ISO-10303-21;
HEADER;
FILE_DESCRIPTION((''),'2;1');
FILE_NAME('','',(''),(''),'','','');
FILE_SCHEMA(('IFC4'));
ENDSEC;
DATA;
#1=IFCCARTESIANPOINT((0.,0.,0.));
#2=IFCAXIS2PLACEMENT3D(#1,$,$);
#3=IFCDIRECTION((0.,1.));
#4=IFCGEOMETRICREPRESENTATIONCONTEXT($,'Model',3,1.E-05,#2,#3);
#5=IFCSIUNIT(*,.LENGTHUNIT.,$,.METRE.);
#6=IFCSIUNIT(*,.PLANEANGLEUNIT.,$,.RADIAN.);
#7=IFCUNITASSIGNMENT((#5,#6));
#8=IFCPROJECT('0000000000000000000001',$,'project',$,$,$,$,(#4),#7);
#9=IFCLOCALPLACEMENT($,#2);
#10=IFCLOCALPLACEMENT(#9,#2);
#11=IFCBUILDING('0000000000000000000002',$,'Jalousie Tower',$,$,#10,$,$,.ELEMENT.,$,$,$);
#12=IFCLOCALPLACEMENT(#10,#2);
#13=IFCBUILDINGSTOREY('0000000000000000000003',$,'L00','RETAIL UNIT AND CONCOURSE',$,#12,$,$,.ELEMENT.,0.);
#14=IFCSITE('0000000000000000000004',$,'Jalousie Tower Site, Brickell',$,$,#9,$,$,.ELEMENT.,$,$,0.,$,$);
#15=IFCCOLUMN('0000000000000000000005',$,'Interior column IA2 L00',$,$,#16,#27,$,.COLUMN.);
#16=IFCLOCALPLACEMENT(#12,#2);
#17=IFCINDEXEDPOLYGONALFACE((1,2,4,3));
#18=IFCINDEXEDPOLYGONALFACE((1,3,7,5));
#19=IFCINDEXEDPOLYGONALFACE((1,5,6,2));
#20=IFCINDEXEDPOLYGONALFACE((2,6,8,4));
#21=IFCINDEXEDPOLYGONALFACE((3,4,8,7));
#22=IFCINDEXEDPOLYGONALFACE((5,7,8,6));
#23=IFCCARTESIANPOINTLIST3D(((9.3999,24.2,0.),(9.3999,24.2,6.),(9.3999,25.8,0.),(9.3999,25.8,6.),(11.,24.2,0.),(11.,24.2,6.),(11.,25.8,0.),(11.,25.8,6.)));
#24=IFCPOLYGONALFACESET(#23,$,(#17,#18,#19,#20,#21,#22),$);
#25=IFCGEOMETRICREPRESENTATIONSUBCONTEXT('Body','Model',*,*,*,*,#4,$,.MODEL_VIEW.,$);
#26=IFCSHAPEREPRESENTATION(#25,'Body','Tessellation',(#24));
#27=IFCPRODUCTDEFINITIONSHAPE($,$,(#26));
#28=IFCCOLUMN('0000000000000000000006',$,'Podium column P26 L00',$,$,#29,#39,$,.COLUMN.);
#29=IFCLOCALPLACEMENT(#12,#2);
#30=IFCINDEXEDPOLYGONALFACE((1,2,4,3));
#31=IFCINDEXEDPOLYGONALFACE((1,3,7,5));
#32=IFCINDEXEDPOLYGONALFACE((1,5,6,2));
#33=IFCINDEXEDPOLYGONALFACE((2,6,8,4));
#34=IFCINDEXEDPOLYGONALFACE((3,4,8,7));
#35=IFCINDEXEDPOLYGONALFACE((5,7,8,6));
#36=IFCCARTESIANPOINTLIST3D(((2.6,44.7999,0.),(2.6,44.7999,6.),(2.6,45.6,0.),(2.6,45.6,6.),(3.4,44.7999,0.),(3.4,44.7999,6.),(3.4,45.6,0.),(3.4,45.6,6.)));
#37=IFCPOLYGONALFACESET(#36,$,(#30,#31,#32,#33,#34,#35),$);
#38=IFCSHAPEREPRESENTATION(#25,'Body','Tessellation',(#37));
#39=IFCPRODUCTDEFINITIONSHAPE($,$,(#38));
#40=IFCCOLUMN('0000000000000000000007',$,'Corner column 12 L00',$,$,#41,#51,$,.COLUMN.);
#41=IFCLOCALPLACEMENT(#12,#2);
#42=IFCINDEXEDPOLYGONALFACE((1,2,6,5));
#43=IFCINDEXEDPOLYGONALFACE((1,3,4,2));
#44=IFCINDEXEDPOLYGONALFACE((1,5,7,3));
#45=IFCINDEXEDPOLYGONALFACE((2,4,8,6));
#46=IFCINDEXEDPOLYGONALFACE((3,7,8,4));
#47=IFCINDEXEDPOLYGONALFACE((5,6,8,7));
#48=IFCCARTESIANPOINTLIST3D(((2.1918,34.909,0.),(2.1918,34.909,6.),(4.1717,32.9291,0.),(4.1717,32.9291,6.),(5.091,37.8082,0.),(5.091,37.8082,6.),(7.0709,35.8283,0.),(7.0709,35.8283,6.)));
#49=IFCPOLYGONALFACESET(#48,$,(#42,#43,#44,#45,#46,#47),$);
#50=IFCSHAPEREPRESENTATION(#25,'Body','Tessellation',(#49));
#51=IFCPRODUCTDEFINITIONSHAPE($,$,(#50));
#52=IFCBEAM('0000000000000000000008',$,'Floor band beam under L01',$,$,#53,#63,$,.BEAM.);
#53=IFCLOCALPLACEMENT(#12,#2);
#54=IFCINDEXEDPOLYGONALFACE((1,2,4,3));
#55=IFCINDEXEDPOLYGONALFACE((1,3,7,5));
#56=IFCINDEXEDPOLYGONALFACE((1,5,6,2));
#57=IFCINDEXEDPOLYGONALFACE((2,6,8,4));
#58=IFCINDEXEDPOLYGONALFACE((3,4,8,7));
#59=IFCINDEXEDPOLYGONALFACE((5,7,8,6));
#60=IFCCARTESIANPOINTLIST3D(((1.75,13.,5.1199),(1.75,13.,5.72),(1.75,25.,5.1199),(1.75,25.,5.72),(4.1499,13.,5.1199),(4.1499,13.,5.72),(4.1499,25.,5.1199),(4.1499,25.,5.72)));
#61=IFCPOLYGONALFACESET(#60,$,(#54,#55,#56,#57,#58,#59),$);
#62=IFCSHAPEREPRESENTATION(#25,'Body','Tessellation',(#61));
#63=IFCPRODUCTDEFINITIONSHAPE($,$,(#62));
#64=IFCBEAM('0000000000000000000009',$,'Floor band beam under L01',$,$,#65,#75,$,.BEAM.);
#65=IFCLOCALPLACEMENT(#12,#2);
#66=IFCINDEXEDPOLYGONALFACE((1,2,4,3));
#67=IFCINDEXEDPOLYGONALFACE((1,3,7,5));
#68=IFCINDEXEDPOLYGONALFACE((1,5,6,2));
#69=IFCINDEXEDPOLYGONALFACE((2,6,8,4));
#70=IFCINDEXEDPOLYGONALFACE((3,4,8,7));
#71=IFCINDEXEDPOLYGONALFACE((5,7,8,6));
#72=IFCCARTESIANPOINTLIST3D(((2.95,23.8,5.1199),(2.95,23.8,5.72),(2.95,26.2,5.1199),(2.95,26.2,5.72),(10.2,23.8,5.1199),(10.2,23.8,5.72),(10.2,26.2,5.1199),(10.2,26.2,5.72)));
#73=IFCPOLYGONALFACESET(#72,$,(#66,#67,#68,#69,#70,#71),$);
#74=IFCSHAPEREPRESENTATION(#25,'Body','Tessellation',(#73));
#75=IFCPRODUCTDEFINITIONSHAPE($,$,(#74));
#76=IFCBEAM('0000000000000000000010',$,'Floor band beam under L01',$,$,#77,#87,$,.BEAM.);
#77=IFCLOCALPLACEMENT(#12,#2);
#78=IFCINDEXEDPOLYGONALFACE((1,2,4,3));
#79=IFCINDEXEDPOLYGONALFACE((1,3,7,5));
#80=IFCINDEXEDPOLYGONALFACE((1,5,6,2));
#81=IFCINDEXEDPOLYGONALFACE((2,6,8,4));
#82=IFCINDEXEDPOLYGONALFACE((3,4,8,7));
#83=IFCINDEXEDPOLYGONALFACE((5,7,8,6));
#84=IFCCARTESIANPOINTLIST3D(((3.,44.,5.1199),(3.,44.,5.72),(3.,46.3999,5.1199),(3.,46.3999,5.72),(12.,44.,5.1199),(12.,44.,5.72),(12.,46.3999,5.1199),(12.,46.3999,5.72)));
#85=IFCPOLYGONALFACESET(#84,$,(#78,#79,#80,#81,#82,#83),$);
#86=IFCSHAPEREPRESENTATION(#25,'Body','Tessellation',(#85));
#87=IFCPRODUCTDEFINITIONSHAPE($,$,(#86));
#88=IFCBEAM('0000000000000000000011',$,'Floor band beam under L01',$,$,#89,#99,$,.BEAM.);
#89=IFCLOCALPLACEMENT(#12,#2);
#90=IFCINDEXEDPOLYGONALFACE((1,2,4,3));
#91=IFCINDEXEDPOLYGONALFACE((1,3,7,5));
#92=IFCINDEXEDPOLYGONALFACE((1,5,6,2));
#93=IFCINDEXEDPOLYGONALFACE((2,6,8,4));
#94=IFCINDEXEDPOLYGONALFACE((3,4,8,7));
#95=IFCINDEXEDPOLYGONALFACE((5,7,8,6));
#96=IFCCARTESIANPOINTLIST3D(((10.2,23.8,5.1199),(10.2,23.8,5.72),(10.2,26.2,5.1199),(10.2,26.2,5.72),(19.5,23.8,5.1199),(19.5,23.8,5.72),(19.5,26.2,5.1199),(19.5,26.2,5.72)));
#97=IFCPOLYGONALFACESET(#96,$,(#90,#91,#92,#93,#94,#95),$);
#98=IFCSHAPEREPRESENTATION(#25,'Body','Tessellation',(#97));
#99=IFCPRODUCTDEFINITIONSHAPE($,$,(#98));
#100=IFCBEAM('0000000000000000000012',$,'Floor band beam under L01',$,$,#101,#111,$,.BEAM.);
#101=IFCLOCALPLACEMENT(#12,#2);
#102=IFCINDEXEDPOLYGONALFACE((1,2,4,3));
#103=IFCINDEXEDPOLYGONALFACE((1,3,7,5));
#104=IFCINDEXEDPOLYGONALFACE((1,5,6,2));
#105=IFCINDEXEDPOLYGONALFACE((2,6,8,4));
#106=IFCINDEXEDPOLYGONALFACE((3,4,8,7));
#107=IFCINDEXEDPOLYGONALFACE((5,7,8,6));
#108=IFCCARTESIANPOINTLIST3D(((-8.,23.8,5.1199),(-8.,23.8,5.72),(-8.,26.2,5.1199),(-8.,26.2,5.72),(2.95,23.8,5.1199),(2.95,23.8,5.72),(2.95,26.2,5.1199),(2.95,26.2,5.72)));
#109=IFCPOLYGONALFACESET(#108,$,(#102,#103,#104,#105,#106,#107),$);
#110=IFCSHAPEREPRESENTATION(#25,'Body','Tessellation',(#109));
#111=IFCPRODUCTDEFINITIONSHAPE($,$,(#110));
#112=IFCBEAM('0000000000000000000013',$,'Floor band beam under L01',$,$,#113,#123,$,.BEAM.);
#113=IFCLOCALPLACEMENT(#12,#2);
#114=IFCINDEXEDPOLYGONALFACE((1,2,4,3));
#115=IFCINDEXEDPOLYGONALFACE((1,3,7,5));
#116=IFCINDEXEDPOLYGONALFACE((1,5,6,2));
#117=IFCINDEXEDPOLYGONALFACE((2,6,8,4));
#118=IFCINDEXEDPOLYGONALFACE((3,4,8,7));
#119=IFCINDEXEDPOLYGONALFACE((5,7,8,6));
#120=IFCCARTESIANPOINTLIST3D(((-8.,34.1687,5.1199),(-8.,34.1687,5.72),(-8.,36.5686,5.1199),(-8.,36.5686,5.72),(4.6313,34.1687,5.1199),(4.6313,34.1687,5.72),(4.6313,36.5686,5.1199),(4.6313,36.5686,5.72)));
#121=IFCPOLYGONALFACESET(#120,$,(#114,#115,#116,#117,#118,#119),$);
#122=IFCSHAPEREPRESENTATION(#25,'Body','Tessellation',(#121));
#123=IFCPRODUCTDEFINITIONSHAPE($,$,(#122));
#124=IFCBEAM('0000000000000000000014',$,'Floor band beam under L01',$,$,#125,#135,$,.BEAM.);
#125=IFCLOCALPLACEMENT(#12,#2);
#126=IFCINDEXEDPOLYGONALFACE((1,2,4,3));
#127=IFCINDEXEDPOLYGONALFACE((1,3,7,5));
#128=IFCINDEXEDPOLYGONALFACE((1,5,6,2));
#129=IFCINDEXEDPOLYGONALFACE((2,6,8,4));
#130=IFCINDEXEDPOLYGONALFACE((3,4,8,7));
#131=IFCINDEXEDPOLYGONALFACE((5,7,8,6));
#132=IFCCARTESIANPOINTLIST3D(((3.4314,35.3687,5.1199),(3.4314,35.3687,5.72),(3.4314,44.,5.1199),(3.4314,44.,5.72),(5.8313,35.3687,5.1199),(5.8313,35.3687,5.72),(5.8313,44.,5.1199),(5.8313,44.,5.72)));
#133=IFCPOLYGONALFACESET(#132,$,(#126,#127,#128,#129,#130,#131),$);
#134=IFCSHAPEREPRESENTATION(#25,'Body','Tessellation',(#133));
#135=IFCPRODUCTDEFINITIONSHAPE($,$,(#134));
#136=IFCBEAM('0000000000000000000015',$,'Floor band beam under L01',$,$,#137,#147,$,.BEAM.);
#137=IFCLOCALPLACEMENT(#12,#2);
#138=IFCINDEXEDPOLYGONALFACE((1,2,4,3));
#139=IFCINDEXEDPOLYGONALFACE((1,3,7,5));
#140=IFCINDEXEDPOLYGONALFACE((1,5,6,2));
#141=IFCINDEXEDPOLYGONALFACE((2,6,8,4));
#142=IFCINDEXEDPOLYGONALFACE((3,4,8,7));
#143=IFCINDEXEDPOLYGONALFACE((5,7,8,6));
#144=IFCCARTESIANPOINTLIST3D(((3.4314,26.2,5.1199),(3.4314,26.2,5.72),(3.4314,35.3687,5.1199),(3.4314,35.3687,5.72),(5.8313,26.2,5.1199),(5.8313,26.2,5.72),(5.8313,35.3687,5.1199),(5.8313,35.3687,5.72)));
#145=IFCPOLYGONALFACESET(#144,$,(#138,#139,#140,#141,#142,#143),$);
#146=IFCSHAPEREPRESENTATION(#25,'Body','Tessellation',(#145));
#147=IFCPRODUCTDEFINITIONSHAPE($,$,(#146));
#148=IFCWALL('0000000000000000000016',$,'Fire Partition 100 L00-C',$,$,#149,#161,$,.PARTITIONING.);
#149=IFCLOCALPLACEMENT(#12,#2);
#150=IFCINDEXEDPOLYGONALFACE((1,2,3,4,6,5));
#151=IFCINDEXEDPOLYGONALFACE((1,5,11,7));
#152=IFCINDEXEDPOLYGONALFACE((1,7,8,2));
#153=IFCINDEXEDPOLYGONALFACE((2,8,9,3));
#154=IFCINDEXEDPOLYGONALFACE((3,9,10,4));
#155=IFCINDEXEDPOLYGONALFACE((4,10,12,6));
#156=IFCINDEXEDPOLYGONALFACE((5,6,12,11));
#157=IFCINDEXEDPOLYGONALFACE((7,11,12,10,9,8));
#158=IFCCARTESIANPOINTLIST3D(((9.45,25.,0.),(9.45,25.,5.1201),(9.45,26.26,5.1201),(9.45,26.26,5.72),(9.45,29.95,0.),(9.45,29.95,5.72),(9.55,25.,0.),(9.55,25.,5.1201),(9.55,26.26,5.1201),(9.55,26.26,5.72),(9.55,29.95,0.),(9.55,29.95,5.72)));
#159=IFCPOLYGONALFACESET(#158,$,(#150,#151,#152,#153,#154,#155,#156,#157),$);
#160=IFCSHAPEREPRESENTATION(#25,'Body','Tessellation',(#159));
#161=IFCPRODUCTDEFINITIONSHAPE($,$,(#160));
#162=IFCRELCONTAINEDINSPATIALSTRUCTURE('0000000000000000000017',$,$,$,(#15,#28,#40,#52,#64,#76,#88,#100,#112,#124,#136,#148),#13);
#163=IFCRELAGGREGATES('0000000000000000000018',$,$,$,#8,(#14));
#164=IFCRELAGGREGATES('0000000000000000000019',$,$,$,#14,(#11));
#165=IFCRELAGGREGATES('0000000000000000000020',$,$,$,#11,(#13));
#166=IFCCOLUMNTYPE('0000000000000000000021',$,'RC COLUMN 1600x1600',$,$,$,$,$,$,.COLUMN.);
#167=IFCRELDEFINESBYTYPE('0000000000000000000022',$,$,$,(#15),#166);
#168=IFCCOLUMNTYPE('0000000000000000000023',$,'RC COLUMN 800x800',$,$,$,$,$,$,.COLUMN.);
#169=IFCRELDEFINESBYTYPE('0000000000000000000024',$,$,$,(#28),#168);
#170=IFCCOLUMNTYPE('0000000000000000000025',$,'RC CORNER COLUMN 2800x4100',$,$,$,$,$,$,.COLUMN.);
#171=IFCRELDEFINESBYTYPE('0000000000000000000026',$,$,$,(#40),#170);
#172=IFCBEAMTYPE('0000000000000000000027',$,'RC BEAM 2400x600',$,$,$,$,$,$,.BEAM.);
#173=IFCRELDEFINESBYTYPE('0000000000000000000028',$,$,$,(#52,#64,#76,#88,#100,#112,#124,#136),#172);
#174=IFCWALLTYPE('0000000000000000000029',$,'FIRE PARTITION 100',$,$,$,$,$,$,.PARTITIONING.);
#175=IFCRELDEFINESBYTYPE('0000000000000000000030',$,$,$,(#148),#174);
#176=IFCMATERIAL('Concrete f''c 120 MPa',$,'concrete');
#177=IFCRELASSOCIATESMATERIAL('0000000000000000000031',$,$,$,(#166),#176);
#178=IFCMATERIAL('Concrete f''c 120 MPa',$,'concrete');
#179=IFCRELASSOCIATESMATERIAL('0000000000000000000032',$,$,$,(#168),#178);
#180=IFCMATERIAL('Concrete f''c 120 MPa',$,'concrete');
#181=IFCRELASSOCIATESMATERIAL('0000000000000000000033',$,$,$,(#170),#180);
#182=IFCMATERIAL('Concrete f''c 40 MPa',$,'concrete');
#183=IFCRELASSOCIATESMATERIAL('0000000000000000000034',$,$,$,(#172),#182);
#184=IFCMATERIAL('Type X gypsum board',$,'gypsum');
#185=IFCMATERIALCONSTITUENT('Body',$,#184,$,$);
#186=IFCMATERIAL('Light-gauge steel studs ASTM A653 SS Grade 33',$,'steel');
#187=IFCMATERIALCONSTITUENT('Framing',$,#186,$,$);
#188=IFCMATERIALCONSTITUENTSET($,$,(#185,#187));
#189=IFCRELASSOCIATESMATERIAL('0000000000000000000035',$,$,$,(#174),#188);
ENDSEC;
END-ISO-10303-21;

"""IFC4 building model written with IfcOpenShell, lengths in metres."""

from ifc_helpers import new_model, si_unit, direction, frame, origin, origin_2d, place, context, subcontext, project, spatial, polyline, rectangle, outline, extrude, material, constituent, constituent_set, material_profile, profile_set, type_object, element, save


model = new_model("IFC4")

# Units and contexts
model_context = context("Model", 3, precision=1e-05, world=origin(), true_north=direction((0.0, 1.0)))
body_context = subcontext(model_context, "Body", "Model", "MODEL_VIEW")
ifc_project = project(units=[si_unit("LENGTHUNIT", "METRE"), si_unit("PLANEANGLEUNIT", "RADIAN")], contexts=[model_context])

# Site, building, storey
site_placement = place(None, origin())
site = spatial("IfcSite", under=ifc_project, at=site_placement, Name="Jalousie Tower Site, Brickell", CompositionType="ELEMENT", RefElevation=0.0)
building_placement = place(site_placement, origin())
building = spatial("IfcBuilding", under=site, at=building_placement, Name="Jalousie Tower", CompositionType="ELEMENT")
storey_placement = place(building_placement, origin())
storey = spatial("IfcBuildingStorey", under=building, at=storey_placement, Name="L00", Description="RETAIL UNIT AND CONCOURSE", CompositionType="ELEMENT", Elevation=0.0)

# Columns
ifc_material_1 = material(Name="Concrete f'c 120 MPa", Category="concrete")
ifc_material_profile_1 = material_profile(ifc_material_1, rectangle(XDim=1.6001, YDim=1.6001, at=origin_2d()), Name="RC 1600x1600")
ifc_profile_set_1 = profile_set([ifc_material_profile_1], Name="Concrete f'c 120 MPa")
column_type_1 = type_object("IfcColumnType", Name="RC COLUMN 1600x1600", PredefinedType="COLUMN", material=ifc_profile_set_1)
column_1_placement = place(storey_placement, frame((10.2, 25.0, 0.0), z_axis=(0.0, 0.0, 1.0), x_axis=(1.0, 0.0, 0.0)))
element("IfcColumn", 1, at=column_1_placement, inside=storey, type_object=column_type_1, Name="Interior column IA2 L00", PredefinedType="COLUMN", context=body_context, shape_type="SweptSolid", body=[
    extrude(rectangle(XDim=1.6001, YDim=1.6001, at=origin_2d()), origin(), (0.0, 0.0, 1.0), 6.0),
])
ifc_material_2 = material(Name="Concrete f'c 120 MPa", Category="concrete")
ifc_material_profile_2 = material_profile(ifc_material_2, rectangle(XDim=0.8, YDim=0.8, at=origin_2d()), Name="RC 800x800")
ifc_profile_set_2 = profile_set([ifc_material_profile_2], Name="Concrete f'c 120 MPa")
column_type_2 = type_object("IfcColumnType", Name="RC COLUMN 800x800", PredefinedType="COLUMN", material=ifc_profile_set_2)
column_2_placement = place(storey_placement, frame((3.0, 45.2, 0.0), z_axis=(0.0, 0.0, 1.0), x_axis=(1.0, 0.0, 0.0)))
element("IfcColumn", 2, at=column_2_placement, inside=storey, type_object=column_type_2, Name="Podium column P26 L00", PredefinedType="COLUMN", context=body_context, shape_type="SweptSolid", body=[
    extrude(rectangle(XDim=0.8, YDim=0.8, at=origin_2d()), origin(), (0.0, 0.0, 1.0), 6.0),
])
ifc_material_3 = material(Name="Concrete f'c 120 MPa", Category="concrete")
ifc_material_profile_3 = material_profile(ifc_material_3, rectangle(XDim=2.8, YDim=4.1001, at=origin_2d()), Name="RC 2800x4100")
ifc_profile_set_3 = profile_set([ifc_material_profile_3], Name="Concrete f'c 120 MPa")
column_type_3 = type_object("IfcColumnType", Name="RC CORNER COLUMN 2800x4100", PredefinedType="COLUMN", material=ifc_profile_set_3)
column_3_placement = place(storey_placement, frame((4.6313, 35.3687, 0.0), z_axis=(0.0, 0.0, 1.0), x_axis=(0.707107, -0.707107, 0.0)))
element("IfcColumn", 3, at=column_3_placement, inside=storey, type_object=column_type_3, Name="Corner column 12 L00", PredefinedType="COLUMN", context=body_context, shape_type="SweptSolid", body=[
    extrude(rectangle(XDim=2.8, YDim=4.1001, at=origin_2d()), origin(), (0.0, 0.0, 1.0), 6.0),
])

# Beams
ifc_material_4 = material(Name="Concrete f'c 40 MPa", Category="concrete")
ifc_material_profile_4 = material_profile(ifc_material_4, rectangle(XDim=2.3999, YDim=0.6001, at=origin_2d()), Name="RC 2400x600")
ifc_profile_set_4 = profile_set([ifc_material_profile_4], Name="Concrete f'c 40 MPa")
beam_type = type_object("IfcBeamType", Name="RC BEAM 2400x600", PredefinedType="BEAM", material=ifc_profile_set_4)
beam_1_placement = place(storey_placement, frame((2.95, 25.0, 5.4199), z_axis=(0.0, -1.0, 0.0), x_axis=(1.0, 0.0, 0.0)))
element("IfcBeam", 4, at=beam_1_placement, inside=storey, type_object=beam_type, Name="Floor band beam under L01", PredefinedType="BEAM", context=body_context, shape_type="SweptSolid", body=[
    extrude(rectangle(XDim=2.3999, YDim=0.6001, at=origin_2d()), origin(), (0.0, 0.0, 1.0), 12.0),
])
beam_2_placement = place(storey_placement, frame((2.95, 25.0, 5.4199), z_axis=(1.0, 0.0, 0.0), x_axis=(0.0, 1.0, 0.0)))
element("IfcBeam", 5, at=beam_2_placement, inside=storey, type_object=beam_type, Name="Floor band beam under L01", PredefinedType="BEAM", context=body_context, shape_type="SweptSolid", body=[
    extrude(rectangle(XDim=2.3999, YDim=0.6001, at=origin_2d()), origin(), (0.0, 0.0, 1.0), 7.25),
])
beam_3_placement = place(storey_placement, frame((3.0, 45.2, 5.4199), z_axis=(1.0, 0.0, 0.0), x_axis=(0.0, 1.0, 0.0)))
element("IfcBeam", 6, at=beam_3_placement, inside=storey, type_object=beam_type, Name="Floor band beam under L01", PredefinedType="BEAM", context=body_context, shape_type="SweptSolid", body=[
    extrude(rectangle(XDim=2.3999, YDim=0.6001, at=origin_2d()), origin(), (0.0, 0.0, 1.0), 9.0),
])
beam_4_placement = place(storey_placement, frame((10.2, 25.0, 5.4199), z_axis=(1.0, 0.0, 0.0), x_axis=(0.0, 1.0, 0.0)))
element("IfcBeam", 7, at=beam_4_placement, inside=storey, type_object=beam_type, Name="Floor band beam under L01", PredefinedType="BEAM", context=body_context, shape_type="SweptSolid", body=[
    extrude(rectangle(XDim=2.3999, YDim=0.6001, at=origin_2d()), origin(), (0.0, 0.0, 1.0), 9.3),
])
beam_5_placement = place(storey_placement, frame((2.95, 25.0, 5.4199), z_axis=(-1.0, 0.0, 0.0), x_axis=(0.0, -1.0, 0.0)))
element("IfcBeam", 8, at=beam_5_placement, inside=storey, type_object=beam_type, Name="Floor band beam under L01", PredefinedType="BEAM", context=body_context, shape_type="SweptSolid", body=[
    extrude(rectangle(XDim=2.3999, YDim=0.6001, at=origin_2d()), origin(), (0.0, 0.0, 1.0), 10.95),
])
beam_6_placement = place(storey_placement, frame((4.6313, 35.3687, 5.4199), z_axis=(-1.0, 0.0, 0.0), x_axis=(0.0, -1.0, 0.0)))
element("IfcBeam", 9, at=beam_6_placement, inside=storey, type_object=beam_type, Name="Floor band beam under L01", PredefinedType="BEAM", context=body_context, shape_type="SweptSolid", body=[
    extrude(rectangle(XDim=2.3999, YDim=0.6001, at=origin_2d()), origin(), (0.0, 0.0, 1.0), 12.6313),
])
beam_7_placement = place(storey_placement, frame((4.6313, 35.3687, 5.4199), z_axis=(0.0, 1.0, 0.0), x_axis=(-1.0, 0.0, 0.0)))
element("IfcBeam", 10, at=beam_7_placement, inside=storey, type_object=beam_type, Name="Floor band beam under L01", PredefinedType="BEAM", context=body_context, shape_type="SweptSolid", body=[
    extrude(rectangle(XDim=2.3999, YDim=0.6001, at=origin_2d()), origin(), (0.0, 0.0, 1.0), 8.6313),
])
beam_8_placement = place(storey_placement, frame((4.6313, 35.3687, 5.4199), z_axis=(0.0, -1.0, 0.0), x_axis=(1.0, 0.0, 0.0)))
element("IfcBeam", 11, at=beam_8_placement, inside=storey, type_object=beam_type, Name="Floor band beam under L01", PredefinedType="BEAM", context=body_context, shape_type="SweptSolid", body=[
    extrude(rectangle(XDim=2.3999, YDim=0.6001, at=origin_2d()), origin(), (0.0, 0.0, 1.0), 9.1687),
])

# Wall
ifc_material_5 = material(Name="Type X gypsum board", Category="gypsum")
ifc_constituent_1 = constituent(ifc_material_5, Name="Body")
ifc_material_6 = material(Name="Light-gauge steel studs ASTM A653 SS Grade 33", Category="steel")
ifc_constituent_2 = constituent(ifc_material_6, Name="Framing")
ifc_constituent_set_1 = constituent_set(constituents=[ifc_constituent_1, ifc_constituent_2])
wall_type_1 = type_object("IfcWallType", Name="FIRE PARTITION 100", PredefinedType="PARTITIONING", material=ifc_constituent_set_1)
wall_1_placement = place(storey_placement, frame((9.5, 25.0, 0.0), z_axis=(0.0, 0.0, 1.0), x_axis=(0.0, 1.0, 0.0)))
element("IfcWall", 12, at=wall_1_placement, inside=storey, type_object=wall_type_1, Name="Fire Partition 100 L00-C", PredefinedType="PARTITIONING", context=body_context, shape_type="SweptSolid", body=[
    extrude(outline(polyline([(0.0, 0.0), (4.95, 0.0), (4.95, 5.72), (1.26, 5.72), (1.26, 5.1201), (0.0, 5.1201), (0.0, 0.0)])), frame((0.0, 0.05, 0.0), z_axis=(0.0, -1.0, 0.0), x_axis=(1.0, 0.0, 0.0)), (0.0, 0.0, 1.0), 0.1001),
])

save(model, "model.ifc")
